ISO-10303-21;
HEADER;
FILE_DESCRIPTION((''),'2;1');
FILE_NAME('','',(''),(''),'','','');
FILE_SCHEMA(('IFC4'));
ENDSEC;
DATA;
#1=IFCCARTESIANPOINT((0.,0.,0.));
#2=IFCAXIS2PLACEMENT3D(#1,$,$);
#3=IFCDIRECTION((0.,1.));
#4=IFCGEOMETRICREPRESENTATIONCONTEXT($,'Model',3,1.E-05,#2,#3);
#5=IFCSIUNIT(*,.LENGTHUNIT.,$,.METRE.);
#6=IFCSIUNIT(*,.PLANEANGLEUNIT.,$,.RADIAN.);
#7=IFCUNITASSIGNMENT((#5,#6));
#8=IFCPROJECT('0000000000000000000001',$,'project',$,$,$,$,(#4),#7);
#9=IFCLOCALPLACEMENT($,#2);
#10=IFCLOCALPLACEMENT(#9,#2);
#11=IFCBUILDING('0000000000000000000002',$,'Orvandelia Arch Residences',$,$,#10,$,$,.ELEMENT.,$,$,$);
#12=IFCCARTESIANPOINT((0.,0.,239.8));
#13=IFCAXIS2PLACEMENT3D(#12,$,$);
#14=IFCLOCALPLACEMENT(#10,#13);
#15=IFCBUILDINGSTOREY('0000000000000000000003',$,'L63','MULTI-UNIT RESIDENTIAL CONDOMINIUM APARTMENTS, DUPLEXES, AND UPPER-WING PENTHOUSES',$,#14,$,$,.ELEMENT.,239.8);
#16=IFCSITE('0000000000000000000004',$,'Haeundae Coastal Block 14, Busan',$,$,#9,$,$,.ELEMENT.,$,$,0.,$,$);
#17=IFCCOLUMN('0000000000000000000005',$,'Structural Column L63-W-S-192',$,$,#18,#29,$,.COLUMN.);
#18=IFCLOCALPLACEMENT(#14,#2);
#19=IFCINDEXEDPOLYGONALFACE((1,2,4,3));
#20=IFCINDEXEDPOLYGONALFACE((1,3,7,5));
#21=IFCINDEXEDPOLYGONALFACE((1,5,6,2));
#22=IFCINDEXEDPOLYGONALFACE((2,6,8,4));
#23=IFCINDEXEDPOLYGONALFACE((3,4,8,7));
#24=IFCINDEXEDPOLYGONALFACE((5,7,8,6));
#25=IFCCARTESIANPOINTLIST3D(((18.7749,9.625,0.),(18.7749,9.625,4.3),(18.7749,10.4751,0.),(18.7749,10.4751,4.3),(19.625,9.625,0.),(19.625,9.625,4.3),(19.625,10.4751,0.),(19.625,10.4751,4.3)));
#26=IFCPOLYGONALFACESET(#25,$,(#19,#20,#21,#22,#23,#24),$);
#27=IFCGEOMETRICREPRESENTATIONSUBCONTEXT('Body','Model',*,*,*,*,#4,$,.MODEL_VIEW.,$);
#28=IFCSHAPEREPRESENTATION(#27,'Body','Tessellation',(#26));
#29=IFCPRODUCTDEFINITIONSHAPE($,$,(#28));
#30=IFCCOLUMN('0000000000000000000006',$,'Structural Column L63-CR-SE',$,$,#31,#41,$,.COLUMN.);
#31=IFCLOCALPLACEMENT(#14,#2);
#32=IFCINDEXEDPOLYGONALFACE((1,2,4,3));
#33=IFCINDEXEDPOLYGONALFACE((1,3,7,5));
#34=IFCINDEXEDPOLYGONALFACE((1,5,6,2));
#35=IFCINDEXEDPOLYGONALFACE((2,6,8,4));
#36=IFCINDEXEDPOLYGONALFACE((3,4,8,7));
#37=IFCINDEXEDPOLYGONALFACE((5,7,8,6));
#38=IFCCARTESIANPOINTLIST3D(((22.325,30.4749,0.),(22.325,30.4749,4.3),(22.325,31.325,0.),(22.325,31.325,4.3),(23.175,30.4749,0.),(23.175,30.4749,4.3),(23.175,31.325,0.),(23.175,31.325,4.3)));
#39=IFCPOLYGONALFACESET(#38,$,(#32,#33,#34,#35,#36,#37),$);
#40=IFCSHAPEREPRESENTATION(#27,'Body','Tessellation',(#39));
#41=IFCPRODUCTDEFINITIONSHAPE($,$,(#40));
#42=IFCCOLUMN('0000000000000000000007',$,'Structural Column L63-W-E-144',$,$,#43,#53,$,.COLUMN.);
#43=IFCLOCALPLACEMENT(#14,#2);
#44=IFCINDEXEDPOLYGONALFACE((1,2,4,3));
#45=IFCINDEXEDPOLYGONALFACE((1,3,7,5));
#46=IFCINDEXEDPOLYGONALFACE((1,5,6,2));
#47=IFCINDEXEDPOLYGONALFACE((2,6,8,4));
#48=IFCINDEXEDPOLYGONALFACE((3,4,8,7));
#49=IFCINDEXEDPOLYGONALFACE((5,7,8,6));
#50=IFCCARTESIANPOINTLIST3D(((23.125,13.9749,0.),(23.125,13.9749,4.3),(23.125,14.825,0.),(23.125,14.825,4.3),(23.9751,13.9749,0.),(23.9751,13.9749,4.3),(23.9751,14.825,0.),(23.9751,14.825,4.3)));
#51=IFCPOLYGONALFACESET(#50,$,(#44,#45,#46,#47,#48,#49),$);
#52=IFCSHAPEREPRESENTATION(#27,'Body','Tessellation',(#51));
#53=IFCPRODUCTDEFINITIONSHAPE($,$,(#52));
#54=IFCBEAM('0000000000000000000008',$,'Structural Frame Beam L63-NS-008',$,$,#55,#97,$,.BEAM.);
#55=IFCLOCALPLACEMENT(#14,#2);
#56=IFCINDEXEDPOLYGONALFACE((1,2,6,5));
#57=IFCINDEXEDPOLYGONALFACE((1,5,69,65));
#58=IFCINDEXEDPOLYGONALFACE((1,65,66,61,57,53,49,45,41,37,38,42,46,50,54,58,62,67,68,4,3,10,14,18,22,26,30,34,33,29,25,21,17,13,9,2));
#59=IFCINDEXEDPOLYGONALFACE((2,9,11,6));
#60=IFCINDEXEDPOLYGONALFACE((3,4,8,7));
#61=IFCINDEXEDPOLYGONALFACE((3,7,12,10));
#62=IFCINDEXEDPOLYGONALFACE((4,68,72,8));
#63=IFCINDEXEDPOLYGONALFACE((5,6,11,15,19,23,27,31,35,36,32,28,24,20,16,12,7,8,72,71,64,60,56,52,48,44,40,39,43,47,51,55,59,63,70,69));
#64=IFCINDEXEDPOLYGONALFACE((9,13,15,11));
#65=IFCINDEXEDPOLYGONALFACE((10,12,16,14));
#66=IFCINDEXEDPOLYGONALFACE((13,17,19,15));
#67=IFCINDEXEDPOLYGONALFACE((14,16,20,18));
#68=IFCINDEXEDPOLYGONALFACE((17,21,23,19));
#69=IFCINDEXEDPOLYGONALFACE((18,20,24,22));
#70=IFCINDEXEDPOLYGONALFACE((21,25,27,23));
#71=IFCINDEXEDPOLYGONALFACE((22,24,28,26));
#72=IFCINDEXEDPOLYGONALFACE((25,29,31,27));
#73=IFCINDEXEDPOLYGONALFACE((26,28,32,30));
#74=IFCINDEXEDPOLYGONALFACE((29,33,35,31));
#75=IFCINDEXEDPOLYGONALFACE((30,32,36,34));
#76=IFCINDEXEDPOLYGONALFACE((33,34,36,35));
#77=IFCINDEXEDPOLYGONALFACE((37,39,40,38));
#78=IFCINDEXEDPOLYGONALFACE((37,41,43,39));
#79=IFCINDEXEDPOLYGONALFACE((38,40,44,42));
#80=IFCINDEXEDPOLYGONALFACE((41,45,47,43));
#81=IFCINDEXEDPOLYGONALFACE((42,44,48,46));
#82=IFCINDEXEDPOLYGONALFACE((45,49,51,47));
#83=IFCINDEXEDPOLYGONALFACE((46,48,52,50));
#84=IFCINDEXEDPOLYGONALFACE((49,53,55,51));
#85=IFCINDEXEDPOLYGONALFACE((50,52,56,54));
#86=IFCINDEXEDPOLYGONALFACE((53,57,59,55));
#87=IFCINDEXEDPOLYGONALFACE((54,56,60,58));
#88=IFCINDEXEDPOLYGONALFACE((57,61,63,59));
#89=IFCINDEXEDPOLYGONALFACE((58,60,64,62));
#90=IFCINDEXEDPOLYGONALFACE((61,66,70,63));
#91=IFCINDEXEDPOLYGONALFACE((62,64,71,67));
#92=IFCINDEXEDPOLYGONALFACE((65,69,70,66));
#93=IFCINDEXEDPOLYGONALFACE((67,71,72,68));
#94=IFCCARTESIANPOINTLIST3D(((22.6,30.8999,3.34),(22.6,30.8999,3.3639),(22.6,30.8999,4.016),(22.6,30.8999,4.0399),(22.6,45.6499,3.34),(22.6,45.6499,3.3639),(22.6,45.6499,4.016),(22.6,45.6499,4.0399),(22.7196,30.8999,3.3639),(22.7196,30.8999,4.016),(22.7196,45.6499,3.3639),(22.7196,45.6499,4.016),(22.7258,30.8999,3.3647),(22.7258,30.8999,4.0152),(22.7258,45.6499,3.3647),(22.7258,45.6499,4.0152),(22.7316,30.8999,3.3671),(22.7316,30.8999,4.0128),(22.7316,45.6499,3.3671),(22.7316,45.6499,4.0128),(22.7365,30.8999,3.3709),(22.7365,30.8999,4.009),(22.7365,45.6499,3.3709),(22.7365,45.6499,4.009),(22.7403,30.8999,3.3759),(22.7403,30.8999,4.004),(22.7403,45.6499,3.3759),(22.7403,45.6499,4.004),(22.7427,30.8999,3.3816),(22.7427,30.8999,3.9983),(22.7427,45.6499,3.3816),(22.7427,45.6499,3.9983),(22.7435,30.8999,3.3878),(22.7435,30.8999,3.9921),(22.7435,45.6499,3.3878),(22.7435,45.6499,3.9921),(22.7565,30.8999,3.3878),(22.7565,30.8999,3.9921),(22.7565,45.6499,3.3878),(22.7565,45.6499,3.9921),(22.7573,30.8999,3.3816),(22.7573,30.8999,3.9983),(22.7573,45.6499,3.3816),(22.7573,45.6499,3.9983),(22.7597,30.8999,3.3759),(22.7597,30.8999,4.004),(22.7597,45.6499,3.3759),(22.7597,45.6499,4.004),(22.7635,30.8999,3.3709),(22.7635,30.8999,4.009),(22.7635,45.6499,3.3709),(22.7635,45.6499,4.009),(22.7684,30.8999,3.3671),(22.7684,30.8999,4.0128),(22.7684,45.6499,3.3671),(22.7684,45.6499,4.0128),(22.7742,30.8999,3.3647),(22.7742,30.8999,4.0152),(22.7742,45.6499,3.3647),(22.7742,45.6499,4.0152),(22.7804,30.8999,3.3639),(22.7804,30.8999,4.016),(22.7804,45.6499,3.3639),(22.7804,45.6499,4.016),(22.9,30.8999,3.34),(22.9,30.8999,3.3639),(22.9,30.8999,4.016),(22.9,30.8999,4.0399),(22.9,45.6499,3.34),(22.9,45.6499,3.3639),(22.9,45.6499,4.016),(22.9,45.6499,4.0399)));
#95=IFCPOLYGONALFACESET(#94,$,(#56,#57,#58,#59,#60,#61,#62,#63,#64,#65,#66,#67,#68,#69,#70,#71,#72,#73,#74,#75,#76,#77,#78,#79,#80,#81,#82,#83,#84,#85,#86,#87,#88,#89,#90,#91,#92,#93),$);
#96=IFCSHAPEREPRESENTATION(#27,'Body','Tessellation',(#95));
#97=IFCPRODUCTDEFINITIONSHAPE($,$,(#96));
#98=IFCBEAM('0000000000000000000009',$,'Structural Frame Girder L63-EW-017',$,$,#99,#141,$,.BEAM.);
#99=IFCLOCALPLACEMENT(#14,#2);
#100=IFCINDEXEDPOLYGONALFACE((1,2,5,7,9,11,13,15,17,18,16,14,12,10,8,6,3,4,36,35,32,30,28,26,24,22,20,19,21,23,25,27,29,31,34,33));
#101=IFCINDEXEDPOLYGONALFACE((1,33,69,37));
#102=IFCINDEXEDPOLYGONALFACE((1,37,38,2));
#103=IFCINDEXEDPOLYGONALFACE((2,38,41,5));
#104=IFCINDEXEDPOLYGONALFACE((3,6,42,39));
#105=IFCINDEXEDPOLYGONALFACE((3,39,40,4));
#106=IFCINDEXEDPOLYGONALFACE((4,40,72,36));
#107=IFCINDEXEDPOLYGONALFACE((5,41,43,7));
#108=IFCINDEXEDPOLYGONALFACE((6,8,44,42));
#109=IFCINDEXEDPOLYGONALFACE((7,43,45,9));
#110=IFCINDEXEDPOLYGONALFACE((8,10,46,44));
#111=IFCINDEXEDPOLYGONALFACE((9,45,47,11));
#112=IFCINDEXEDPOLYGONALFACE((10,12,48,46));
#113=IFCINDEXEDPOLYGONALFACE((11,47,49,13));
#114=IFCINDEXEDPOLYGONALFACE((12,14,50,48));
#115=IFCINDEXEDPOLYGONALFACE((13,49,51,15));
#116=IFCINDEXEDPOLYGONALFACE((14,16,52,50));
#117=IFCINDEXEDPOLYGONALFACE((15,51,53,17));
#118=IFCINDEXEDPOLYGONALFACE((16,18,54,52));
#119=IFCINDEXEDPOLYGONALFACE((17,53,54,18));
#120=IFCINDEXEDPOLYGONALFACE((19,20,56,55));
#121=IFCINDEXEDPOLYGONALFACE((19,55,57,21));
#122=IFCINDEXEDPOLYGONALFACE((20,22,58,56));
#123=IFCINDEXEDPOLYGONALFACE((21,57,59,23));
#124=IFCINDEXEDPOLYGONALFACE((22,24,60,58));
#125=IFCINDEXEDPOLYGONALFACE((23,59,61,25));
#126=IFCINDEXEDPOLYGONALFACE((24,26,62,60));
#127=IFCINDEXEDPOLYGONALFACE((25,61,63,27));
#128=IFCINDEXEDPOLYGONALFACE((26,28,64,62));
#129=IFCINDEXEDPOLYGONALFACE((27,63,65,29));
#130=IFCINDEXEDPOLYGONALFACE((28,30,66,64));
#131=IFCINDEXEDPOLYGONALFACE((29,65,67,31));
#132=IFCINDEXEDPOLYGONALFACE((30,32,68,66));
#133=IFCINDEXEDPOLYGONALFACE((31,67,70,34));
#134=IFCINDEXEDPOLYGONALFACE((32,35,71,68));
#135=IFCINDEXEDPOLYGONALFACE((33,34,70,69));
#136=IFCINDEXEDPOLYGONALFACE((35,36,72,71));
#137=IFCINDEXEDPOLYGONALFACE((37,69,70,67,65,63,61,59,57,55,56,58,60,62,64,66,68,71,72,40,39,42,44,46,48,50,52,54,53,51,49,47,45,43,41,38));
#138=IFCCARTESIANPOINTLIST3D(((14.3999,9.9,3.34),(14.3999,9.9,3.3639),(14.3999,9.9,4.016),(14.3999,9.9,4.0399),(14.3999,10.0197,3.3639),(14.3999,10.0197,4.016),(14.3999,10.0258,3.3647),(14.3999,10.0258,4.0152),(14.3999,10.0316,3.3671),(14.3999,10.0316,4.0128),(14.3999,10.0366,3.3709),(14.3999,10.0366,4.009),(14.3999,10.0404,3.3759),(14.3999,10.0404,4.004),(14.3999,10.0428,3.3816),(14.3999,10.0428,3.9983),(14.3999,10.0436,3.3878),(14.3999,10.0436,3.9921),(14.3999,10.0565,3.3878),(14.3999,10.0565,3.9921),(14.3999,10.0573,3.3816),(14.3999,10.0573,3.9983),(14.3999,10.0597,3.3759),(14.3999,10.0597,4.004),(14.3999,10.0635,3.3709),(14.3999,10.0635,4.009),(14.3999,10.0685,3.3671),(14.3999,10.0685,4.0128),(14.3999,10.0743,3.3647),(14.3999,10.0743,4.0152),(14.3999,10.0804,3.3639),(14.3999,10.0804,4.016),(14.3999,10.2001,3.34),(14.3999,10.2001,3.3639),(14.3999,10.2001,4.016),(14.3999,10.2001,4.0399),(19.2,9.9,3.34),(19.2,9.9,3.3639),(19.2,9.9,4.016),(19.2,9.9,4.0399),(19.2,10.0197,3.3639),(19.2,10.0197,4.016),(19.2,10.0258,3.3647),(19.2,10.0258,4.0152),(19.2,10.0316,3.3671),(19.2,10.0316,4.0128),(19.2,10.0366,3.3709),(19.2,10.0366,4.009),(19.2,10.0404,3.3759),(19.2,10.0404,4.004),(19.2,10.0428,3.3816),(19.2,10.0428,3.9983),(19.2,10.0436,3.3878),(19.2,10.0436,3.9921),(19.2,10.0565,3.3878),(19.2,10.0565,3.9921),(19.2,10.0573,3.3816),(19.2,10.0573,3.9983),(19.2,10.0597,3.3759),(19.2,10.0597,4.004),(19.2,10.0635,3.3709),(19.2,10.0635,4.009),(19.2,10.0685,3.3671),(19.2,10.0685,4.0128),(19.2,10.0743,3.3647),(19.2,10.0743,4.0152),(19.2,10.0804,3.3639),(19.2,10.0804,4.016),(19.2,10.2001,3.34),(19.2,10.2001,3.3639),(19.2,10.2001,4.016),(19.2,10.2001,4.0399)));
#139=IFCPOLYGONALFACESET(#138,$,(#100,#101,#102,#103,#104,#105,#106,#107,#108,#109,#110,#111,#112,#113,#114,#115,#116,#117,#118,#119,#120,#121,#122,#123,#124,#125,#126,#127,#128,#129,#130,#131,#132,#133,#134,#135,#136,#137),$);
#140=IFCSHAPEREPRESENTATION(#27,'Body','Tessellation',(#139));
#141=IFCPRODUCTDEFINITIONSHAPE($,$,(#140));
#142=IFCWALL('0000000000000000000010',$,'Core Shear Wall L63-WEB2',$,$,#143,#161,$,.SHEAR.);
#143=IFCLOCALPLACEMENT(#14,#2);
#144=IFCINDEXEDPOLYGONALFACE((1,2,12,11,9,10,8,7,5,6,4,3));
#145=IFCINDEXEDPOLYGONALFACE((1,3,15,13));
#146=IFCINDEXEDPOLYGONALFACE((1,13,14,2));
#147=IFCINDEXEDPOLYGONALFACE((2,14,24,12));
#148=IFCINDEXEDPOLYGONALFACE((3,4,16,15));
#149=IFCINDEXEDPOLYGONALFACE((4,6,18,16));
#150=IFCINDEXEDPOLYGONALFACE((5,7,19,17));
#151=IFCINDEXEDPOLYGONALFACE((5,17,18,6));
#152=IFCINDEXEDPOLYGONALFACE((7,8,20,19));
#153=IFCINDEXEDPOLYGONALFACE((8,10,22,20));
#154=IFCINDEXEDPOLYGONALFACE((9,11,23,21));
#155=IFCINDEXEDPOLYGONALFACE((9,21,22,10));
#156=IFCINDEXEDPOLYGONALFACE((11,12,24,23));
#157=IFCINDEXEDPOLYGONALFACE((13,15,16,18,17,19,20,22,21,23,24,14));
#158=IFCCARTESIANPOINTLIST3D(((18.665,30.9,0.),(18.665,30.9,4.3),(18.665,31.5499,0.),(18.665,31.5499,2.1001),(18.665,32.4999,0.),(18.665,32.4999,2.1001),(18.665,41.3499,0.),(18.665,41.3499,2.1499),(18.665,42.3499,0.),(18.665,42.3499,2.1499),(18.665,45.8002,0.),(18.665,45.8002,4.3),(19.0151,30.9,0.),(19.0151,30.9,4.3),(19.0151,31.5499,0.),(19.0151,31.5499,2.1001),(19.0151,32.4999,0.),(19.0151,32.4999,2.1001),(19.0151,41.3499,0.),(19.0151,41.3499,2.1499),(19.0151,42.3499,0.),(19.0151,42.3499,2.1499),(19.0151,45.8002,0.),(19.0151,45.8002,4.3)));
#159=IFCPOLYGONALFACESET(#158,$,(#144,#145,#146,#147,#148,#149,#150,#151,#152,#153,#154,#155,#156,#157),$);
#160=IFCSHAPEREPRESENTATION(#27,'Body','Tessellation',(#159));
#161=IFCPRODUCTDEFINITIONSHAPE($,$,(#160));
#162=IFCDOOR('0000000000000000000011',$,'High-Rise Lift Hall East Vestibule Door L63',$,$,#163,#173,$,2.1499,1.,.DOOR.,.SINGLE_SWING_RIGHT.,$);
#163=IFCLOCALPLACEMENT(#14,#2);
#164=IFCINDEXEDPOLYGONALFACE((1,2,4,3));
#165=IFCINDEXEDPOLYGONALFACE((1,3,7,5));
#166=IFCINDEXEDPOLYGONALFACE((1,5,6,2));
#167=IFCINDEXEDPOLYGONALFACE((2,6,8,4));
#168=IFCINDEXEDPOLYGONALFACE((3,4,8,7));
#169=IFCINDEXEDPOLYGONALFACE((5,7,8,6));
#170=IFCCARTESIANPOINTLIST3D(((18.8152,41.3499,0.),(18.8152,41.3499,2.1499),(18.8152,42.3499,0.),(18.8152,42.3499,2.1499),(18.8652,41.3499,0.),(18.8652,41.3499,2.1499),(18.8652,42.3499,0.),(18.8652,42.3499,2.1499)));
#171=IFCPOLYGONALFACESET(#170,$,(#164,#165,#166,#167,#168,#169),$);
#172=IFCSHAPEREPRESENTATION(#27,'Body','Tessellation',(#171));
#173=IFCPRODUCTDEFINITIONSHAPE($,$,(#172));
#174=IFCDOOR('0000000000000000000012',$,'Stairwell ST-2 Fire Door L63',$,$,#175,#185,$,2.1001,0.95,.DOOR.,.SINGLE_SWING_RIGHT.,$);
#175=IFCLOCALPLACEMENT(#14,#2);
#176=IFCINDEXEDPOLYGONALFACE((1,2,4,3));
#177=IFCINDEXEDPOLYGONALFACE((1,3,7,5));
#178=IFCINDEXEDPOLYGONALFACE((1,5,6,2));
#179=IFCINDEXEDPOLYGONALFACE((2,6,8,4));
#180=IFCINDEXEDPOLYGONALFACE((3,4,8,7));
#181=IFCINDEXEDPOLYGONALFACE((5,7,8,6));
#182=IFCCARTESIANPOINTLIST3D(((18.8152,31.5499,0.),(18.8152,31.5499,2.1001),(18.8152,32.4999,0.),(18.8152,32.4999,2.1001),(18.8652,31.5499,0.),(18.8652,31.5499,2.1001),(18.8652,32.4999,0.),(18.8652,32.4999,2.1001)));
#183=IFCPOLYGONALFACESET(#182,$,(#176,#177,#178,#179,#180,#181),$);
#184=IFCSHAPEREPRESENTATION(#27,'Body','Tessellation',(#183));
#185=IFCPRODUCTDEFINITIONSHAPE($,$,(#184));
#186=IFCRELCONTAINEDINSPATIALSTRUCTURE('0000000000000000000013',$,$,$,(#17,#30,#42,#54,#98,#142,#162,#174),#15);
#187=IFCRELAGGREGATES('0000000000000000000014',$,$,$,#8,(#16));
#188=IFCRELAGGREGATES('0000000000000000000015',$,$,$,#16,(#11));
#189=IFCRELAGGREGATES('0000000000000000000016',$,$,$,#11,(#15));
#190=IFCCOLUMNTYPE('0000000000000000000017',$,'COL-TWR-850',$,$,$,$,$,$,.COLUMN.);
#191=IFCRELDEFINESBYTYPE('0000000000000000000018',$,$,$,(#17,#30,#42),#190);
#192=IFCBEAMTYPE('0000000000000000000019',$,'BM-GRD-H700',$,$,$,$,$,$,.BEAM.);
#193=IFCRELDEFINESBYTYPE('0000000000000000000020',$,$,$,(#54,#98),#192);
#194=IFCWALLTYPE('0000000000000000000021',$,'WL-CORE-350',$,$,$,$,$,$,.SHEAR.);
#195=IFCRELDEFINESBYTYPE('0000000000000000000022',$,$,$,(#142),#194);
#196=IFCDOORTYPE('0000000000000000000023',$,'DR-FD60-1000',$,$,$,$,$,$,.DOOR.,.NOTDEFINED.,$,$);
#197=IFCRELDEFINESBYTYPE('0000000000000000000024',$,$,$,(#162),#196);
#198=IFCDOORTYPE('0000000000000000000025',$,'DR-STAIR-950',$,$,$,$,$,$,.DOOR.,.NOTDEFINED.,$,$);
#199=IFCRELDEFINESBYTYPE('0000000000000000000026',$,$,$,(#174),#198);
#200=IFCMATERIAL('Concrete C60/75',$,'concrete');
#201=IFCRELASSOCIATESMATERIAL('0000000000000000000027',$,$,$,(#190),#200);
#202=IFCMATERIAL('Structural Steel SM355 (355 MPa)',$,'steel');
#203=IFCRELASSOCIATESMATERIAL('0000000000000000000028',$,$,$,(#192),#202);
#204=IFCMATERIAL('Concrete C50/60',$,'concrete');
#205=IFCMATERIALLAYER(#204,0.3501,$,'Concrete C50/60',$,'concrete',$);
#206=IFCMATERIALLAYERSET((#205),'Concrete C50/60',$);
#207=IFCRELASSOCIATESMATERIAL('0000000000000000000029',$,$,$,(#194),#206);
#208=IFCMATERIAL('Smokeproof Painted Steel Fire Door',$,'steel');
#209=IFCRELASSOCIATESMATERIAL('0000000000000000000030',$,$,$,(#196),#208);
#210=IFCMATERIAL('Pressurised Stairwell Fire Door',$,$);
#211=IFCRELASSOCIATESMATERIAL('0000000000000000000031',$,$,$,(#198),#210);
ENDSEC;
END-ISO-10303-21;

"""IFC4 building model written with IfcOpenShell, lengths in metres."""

from ifc_helpers import new_model, si_unit, direction, frame, frame_2d, origin, origin_2d, place, context, subcontext, project, spatial, rectangle, i_section, extrude, material, layer, layer_set, material_profile, profile_set, type_object, element, fill, save


model = new_model("IFC4")

# Units and contexts
model_context = context("Model", 3, precision=1e-05, world=origin(), true_north=direction((0.0, 1.0)))
body_context = subcontext(model_context, "Body", "Model", "MODEL_VIEW")
ifc_project = project(units=[si_unit("LENGTHUNIT", "METRE"), si_unit("PLANEANGLEUNIT", "RADIAN")], contexts=[model_context])

# Site, building, storey
site_placement = place(None, origin())
site = spatial("IfcSite", under=ifc_project, at=site_placement, Name="Haeundae Coastal Block 14, Busan", CompositionType="ELEMENT", RefElevation=0.0)
building_placement = place(site_placement, origin())
building = spatial("IfcBuilding", under=site, at=building_placement, Name="Orvandelia Arch Residences", CompositionType="ELEMENT")
storey_placement = place(building_placement, frame((0.0, 0.0, 239.8)))
storey = spatial("IfcBuildingStorey", under=building, at=storey_placement, Name="L63", Description="MULTI-UNIT RESIDENTIAL CONDOMINIUM APARTMENTS, DUPLEXES, AND UPPER-WING PENTHOUSES", CompositionType="ELEMENT", Elevation=239.8)

# Columns
ifc_material_1 = material(Name="Concrete C60/75", Category="concrete")
ifc_material_profile_1 = material_profile(ifc_material_1, rectangle(XDim=0.8501, YDim=0.8501, at=origin_2d()), Name="Concrete C60/75", Category="concrete")
ifc_profile_set_1 = profile_set([ifc_material_profile_1], Name="Concrete C60/75")
column_type = type_object("IfcColumnType", Name="COL-TWR-850", PredefinedType="COLUMN", material=ifc_profile_set_1)
for number, where, z_axis, x_axis, name in (
    (1, (19.2, 10.05, 0.0), (0.0, 0.0, 1.0), (1.0, 0.0, 0.0), "Structural Column L63-W-S-192"),
    (2, (22.75, 30.8999, 0.0), (0.0, 0.0, 1.0), (1.0, 0.0, 0.0), "Structural Column L63-CR-SE"),
    (3, (23.55, 14.3999, 0.0), (0.0, 0.0, 1.0), (1.0, 0.0, 0.0), "Structural Column L63-W-E-144"),
):
    element("IfcColumn", number, at=place(storey_placement, frame(where, z_axis=z_axis, x_axis=x_axis)), inside=storey, type_object=column_type, Name=name, PredefinedType="COLUMN", context=body_context, shape_type="SweptSolid", body=[
        extrude(rectangle(XDim=0.8501, YDim=0.8501, at=origin_2d()), origin(), (0.0, 0.0, 1.0), 4.3),
    ])

# Beams
ifc_material_2 = material(Name="Structural Steel SM355 (355 MPa)", Category="steel")
ifc_material_profile_2 = material_profile(ifc_material_2, i_section(OverallWidth=0.3, OverallDepth=0.7, WebThickness=0.0129, FlangeThickness=0.0239, FilletRadius=0.0239, at=origin_2d()), Name="Structural Steel SM355 (355 MPa)", Category="steel")
ifc_profile_set_2 = profile_set([ifc_material_profile_2], Name="Structural Steel SM355 (355 MPa)")
beam_type = type_object("IfcBeamType", Name="BM-GRD-H700", PredefinedType="BEAM", material=ifc_profile_set_2)
beam_1_placement = place(storey_placement, frame((22.75, 30.8999, 3.6899), z_axis=(0.0, 1.0, 0.0), x_axis=(-1.0, 0.0, 0.0)))
element("IfcBeam", 4, at=beam_1_placement, inside=storey, type_object=beam_type, Name="Structural Frame Beam L63-NS-008", PredefinedType="BEAM", context=body_context, shape_type="SweptSolid", body=[
    extrude(i_section(OverallWidth=0.3, OverallDepth=0.7, WebThickness=0.0129, FlangeThickness=0.0239, FilletRadius=0.0239, at=origin_2d()), origin(), (0.0, 0.0, 1.0), 14.75),
])
beam_2_placement = place(storey_placement, frame((14.3999, 10.05, 3.6899), z_axis=(1.0, 0.0, 0.0), x_axis=(0.0, 1.0, 0.0)))
element("IfcBeam", 5, at=beam_2_placement, inside=storey, type_object=beam_type, Name="Structural Frame Girder L63-EW-017", PredefinedType="BEAM", context=body_context, shape_type="SweptSolid", body=[
    extrude(i_section(OverallWidth=0.3, OverallDepth=0.7, WebThickness=0.0129, FlangeThickness=0.0239, FilletRadius=0.0239, at=origin_2d()), origin(), (0.0, 0.0, 1.0), 4.8),
])

# Wall, openings, doors
ifc_material_3 = material(Name="Concrete C50/60", Category="concrete")
ifc_layer_1 = layer(ifc_material_3, 0.3501, Name="Concrete C50/60", Category="concrete")
ifc_layer_set_1 = layer_set([ifc_layer_1], Name="Concrete C50/60")
wall_type_1 = type_object("IfcWallType", Name="WL-CORE-350", PredefinedType="SHEAR", material=ifc_layer_set_1)
wall_1_placement = place(storey_placement, frame((18.8401, 30.8999, 0.0), z_axis=(0.0, 0.0, 1.0), x_axis=(0.0, 1.0, 0.0)))
wall_1 = element("IfcWall", 6, at=wall_1_placement, inside=storey, type_object=wall_type_1, Name="Core Shear Wall L63-WEB2", PredefinedType="SHEAR", context=body_context, shape_type="SweptSolid", body=[
    extrude(rectangle(XDim=14.9001, YDim=0.3501, at=frame_2d((7.4502, 0.0))), origin(), (0.0, 0.0, 1.0), 4.3),
])
opening_1_placement = place(wall_1_placement, frame((0.6499, 0.0, 0.0)))
opening_1 = element("IfcOpeningElement", 7, at=opening_1_placement, cuts=wall_1, PredefinedType="OPENING", context=body_context, shape_type="SweptSolid", body=[
    extrude(rectangle(XDim=0.95, YDim=2.1001, at=frame_2d((0.4751, 1.05))), frame((0.0, 0.1851, 0.0), z_axis=(0.0, -1.0, 0.0), x_axis=(1.0, 0.0, 0.0)), (0.0, 0.0, 1.0), 0.3701),
])
opening_2_placement = place(wall_1_placement, frame((10.45, 0.0, 0.0)))
opening_2 = element("IfcOpeningElement", 8, at=opening_2_placement, cuts=wall_1, PredefinedType="OPENING", context=body_context, shape_type="SweptSolid", body=[
    extrude(rectangle(XDim=1.0, YDim=2.1499, at=frame_2d((0.5, 1.075))), frame((0.0, 0.1851, 0.0), z_axis=(0.0, -1.0, 0.0), x_axis=(1.0, 0.0, 0.0)), (0.0, 0.0, 1.0), 0.3701),
])
ifc_material_4 = material(Name="Smokeproof Painted Steel Fire Door", Category="steel")
door_type_1 = type_object("IfcDoorType", Name="DR-FD60-1000", OperationType="NOTDEFINED", PredefinedType="DOOR", material=ifc_material_4)
door_1_placement = place(opening_2_placement, origin())
door_1 = element("IfcDoor", 9, at=door_1_placement, inside=storey, type_object=door_type_1, Name="High-Rise Lift Hall East Vestibule Door L63", OperationType="SINGLE_SWING_RIGHT", OverallHeight=2.1499, OverallWidth=1.0, PredefinedType="DOOR", context=body_context, shape_type="SweptSolid", body=[
    extrude(rectangle(XDim=1.0, YDim=2.1499, at=frame_2d((0.5, 1.075))), frame((0.0, 0.0249, 0.0), z_axis=(0.0, -1.0, 0.0), x_axis=(1.0, 0.0, 0.0)), (0.0, 0.0, 1.0), 0.05),
])
fill(opening_2, door_1)
ifc_material_5 = material(Name="Pressurised Stairwell Fire Door")
door_type_2 = type_object("IfcDoorType", Name="DR-STAIR-950", OperationType="NOTDEFINED", PredefinedType="DOOR", material=ifc_material_5)
door_2_placement = place(opening_1_placement, origin())
door_2 = element("IfcDoor", 10, at=door_2_placement, inside=storey, type_object=door_type_2, Name="Stairwell ST-2 Fire Door L63", OperationType="SINGLE_SWING_RIGHT", OverallHeight=2.1001, OverallWidth=0.95, PredefinedType="DOOR", context=body_context, shape_type="SweptSolid", body=[
    extrude(rectangle(XDim=0.95, YDim=2.1001, at=frame_2d((0.4751, 1.05))), frame((0.0, 0.0249, 0.0), z_axis=(0.0, -1.0, 0.0), x_axis=(1.0, 0.0, 0.0)), (0.0, 0.0, 1.0), 0.05),
])
fill(opening_1, door_2)

save(model, "model.ifc")
